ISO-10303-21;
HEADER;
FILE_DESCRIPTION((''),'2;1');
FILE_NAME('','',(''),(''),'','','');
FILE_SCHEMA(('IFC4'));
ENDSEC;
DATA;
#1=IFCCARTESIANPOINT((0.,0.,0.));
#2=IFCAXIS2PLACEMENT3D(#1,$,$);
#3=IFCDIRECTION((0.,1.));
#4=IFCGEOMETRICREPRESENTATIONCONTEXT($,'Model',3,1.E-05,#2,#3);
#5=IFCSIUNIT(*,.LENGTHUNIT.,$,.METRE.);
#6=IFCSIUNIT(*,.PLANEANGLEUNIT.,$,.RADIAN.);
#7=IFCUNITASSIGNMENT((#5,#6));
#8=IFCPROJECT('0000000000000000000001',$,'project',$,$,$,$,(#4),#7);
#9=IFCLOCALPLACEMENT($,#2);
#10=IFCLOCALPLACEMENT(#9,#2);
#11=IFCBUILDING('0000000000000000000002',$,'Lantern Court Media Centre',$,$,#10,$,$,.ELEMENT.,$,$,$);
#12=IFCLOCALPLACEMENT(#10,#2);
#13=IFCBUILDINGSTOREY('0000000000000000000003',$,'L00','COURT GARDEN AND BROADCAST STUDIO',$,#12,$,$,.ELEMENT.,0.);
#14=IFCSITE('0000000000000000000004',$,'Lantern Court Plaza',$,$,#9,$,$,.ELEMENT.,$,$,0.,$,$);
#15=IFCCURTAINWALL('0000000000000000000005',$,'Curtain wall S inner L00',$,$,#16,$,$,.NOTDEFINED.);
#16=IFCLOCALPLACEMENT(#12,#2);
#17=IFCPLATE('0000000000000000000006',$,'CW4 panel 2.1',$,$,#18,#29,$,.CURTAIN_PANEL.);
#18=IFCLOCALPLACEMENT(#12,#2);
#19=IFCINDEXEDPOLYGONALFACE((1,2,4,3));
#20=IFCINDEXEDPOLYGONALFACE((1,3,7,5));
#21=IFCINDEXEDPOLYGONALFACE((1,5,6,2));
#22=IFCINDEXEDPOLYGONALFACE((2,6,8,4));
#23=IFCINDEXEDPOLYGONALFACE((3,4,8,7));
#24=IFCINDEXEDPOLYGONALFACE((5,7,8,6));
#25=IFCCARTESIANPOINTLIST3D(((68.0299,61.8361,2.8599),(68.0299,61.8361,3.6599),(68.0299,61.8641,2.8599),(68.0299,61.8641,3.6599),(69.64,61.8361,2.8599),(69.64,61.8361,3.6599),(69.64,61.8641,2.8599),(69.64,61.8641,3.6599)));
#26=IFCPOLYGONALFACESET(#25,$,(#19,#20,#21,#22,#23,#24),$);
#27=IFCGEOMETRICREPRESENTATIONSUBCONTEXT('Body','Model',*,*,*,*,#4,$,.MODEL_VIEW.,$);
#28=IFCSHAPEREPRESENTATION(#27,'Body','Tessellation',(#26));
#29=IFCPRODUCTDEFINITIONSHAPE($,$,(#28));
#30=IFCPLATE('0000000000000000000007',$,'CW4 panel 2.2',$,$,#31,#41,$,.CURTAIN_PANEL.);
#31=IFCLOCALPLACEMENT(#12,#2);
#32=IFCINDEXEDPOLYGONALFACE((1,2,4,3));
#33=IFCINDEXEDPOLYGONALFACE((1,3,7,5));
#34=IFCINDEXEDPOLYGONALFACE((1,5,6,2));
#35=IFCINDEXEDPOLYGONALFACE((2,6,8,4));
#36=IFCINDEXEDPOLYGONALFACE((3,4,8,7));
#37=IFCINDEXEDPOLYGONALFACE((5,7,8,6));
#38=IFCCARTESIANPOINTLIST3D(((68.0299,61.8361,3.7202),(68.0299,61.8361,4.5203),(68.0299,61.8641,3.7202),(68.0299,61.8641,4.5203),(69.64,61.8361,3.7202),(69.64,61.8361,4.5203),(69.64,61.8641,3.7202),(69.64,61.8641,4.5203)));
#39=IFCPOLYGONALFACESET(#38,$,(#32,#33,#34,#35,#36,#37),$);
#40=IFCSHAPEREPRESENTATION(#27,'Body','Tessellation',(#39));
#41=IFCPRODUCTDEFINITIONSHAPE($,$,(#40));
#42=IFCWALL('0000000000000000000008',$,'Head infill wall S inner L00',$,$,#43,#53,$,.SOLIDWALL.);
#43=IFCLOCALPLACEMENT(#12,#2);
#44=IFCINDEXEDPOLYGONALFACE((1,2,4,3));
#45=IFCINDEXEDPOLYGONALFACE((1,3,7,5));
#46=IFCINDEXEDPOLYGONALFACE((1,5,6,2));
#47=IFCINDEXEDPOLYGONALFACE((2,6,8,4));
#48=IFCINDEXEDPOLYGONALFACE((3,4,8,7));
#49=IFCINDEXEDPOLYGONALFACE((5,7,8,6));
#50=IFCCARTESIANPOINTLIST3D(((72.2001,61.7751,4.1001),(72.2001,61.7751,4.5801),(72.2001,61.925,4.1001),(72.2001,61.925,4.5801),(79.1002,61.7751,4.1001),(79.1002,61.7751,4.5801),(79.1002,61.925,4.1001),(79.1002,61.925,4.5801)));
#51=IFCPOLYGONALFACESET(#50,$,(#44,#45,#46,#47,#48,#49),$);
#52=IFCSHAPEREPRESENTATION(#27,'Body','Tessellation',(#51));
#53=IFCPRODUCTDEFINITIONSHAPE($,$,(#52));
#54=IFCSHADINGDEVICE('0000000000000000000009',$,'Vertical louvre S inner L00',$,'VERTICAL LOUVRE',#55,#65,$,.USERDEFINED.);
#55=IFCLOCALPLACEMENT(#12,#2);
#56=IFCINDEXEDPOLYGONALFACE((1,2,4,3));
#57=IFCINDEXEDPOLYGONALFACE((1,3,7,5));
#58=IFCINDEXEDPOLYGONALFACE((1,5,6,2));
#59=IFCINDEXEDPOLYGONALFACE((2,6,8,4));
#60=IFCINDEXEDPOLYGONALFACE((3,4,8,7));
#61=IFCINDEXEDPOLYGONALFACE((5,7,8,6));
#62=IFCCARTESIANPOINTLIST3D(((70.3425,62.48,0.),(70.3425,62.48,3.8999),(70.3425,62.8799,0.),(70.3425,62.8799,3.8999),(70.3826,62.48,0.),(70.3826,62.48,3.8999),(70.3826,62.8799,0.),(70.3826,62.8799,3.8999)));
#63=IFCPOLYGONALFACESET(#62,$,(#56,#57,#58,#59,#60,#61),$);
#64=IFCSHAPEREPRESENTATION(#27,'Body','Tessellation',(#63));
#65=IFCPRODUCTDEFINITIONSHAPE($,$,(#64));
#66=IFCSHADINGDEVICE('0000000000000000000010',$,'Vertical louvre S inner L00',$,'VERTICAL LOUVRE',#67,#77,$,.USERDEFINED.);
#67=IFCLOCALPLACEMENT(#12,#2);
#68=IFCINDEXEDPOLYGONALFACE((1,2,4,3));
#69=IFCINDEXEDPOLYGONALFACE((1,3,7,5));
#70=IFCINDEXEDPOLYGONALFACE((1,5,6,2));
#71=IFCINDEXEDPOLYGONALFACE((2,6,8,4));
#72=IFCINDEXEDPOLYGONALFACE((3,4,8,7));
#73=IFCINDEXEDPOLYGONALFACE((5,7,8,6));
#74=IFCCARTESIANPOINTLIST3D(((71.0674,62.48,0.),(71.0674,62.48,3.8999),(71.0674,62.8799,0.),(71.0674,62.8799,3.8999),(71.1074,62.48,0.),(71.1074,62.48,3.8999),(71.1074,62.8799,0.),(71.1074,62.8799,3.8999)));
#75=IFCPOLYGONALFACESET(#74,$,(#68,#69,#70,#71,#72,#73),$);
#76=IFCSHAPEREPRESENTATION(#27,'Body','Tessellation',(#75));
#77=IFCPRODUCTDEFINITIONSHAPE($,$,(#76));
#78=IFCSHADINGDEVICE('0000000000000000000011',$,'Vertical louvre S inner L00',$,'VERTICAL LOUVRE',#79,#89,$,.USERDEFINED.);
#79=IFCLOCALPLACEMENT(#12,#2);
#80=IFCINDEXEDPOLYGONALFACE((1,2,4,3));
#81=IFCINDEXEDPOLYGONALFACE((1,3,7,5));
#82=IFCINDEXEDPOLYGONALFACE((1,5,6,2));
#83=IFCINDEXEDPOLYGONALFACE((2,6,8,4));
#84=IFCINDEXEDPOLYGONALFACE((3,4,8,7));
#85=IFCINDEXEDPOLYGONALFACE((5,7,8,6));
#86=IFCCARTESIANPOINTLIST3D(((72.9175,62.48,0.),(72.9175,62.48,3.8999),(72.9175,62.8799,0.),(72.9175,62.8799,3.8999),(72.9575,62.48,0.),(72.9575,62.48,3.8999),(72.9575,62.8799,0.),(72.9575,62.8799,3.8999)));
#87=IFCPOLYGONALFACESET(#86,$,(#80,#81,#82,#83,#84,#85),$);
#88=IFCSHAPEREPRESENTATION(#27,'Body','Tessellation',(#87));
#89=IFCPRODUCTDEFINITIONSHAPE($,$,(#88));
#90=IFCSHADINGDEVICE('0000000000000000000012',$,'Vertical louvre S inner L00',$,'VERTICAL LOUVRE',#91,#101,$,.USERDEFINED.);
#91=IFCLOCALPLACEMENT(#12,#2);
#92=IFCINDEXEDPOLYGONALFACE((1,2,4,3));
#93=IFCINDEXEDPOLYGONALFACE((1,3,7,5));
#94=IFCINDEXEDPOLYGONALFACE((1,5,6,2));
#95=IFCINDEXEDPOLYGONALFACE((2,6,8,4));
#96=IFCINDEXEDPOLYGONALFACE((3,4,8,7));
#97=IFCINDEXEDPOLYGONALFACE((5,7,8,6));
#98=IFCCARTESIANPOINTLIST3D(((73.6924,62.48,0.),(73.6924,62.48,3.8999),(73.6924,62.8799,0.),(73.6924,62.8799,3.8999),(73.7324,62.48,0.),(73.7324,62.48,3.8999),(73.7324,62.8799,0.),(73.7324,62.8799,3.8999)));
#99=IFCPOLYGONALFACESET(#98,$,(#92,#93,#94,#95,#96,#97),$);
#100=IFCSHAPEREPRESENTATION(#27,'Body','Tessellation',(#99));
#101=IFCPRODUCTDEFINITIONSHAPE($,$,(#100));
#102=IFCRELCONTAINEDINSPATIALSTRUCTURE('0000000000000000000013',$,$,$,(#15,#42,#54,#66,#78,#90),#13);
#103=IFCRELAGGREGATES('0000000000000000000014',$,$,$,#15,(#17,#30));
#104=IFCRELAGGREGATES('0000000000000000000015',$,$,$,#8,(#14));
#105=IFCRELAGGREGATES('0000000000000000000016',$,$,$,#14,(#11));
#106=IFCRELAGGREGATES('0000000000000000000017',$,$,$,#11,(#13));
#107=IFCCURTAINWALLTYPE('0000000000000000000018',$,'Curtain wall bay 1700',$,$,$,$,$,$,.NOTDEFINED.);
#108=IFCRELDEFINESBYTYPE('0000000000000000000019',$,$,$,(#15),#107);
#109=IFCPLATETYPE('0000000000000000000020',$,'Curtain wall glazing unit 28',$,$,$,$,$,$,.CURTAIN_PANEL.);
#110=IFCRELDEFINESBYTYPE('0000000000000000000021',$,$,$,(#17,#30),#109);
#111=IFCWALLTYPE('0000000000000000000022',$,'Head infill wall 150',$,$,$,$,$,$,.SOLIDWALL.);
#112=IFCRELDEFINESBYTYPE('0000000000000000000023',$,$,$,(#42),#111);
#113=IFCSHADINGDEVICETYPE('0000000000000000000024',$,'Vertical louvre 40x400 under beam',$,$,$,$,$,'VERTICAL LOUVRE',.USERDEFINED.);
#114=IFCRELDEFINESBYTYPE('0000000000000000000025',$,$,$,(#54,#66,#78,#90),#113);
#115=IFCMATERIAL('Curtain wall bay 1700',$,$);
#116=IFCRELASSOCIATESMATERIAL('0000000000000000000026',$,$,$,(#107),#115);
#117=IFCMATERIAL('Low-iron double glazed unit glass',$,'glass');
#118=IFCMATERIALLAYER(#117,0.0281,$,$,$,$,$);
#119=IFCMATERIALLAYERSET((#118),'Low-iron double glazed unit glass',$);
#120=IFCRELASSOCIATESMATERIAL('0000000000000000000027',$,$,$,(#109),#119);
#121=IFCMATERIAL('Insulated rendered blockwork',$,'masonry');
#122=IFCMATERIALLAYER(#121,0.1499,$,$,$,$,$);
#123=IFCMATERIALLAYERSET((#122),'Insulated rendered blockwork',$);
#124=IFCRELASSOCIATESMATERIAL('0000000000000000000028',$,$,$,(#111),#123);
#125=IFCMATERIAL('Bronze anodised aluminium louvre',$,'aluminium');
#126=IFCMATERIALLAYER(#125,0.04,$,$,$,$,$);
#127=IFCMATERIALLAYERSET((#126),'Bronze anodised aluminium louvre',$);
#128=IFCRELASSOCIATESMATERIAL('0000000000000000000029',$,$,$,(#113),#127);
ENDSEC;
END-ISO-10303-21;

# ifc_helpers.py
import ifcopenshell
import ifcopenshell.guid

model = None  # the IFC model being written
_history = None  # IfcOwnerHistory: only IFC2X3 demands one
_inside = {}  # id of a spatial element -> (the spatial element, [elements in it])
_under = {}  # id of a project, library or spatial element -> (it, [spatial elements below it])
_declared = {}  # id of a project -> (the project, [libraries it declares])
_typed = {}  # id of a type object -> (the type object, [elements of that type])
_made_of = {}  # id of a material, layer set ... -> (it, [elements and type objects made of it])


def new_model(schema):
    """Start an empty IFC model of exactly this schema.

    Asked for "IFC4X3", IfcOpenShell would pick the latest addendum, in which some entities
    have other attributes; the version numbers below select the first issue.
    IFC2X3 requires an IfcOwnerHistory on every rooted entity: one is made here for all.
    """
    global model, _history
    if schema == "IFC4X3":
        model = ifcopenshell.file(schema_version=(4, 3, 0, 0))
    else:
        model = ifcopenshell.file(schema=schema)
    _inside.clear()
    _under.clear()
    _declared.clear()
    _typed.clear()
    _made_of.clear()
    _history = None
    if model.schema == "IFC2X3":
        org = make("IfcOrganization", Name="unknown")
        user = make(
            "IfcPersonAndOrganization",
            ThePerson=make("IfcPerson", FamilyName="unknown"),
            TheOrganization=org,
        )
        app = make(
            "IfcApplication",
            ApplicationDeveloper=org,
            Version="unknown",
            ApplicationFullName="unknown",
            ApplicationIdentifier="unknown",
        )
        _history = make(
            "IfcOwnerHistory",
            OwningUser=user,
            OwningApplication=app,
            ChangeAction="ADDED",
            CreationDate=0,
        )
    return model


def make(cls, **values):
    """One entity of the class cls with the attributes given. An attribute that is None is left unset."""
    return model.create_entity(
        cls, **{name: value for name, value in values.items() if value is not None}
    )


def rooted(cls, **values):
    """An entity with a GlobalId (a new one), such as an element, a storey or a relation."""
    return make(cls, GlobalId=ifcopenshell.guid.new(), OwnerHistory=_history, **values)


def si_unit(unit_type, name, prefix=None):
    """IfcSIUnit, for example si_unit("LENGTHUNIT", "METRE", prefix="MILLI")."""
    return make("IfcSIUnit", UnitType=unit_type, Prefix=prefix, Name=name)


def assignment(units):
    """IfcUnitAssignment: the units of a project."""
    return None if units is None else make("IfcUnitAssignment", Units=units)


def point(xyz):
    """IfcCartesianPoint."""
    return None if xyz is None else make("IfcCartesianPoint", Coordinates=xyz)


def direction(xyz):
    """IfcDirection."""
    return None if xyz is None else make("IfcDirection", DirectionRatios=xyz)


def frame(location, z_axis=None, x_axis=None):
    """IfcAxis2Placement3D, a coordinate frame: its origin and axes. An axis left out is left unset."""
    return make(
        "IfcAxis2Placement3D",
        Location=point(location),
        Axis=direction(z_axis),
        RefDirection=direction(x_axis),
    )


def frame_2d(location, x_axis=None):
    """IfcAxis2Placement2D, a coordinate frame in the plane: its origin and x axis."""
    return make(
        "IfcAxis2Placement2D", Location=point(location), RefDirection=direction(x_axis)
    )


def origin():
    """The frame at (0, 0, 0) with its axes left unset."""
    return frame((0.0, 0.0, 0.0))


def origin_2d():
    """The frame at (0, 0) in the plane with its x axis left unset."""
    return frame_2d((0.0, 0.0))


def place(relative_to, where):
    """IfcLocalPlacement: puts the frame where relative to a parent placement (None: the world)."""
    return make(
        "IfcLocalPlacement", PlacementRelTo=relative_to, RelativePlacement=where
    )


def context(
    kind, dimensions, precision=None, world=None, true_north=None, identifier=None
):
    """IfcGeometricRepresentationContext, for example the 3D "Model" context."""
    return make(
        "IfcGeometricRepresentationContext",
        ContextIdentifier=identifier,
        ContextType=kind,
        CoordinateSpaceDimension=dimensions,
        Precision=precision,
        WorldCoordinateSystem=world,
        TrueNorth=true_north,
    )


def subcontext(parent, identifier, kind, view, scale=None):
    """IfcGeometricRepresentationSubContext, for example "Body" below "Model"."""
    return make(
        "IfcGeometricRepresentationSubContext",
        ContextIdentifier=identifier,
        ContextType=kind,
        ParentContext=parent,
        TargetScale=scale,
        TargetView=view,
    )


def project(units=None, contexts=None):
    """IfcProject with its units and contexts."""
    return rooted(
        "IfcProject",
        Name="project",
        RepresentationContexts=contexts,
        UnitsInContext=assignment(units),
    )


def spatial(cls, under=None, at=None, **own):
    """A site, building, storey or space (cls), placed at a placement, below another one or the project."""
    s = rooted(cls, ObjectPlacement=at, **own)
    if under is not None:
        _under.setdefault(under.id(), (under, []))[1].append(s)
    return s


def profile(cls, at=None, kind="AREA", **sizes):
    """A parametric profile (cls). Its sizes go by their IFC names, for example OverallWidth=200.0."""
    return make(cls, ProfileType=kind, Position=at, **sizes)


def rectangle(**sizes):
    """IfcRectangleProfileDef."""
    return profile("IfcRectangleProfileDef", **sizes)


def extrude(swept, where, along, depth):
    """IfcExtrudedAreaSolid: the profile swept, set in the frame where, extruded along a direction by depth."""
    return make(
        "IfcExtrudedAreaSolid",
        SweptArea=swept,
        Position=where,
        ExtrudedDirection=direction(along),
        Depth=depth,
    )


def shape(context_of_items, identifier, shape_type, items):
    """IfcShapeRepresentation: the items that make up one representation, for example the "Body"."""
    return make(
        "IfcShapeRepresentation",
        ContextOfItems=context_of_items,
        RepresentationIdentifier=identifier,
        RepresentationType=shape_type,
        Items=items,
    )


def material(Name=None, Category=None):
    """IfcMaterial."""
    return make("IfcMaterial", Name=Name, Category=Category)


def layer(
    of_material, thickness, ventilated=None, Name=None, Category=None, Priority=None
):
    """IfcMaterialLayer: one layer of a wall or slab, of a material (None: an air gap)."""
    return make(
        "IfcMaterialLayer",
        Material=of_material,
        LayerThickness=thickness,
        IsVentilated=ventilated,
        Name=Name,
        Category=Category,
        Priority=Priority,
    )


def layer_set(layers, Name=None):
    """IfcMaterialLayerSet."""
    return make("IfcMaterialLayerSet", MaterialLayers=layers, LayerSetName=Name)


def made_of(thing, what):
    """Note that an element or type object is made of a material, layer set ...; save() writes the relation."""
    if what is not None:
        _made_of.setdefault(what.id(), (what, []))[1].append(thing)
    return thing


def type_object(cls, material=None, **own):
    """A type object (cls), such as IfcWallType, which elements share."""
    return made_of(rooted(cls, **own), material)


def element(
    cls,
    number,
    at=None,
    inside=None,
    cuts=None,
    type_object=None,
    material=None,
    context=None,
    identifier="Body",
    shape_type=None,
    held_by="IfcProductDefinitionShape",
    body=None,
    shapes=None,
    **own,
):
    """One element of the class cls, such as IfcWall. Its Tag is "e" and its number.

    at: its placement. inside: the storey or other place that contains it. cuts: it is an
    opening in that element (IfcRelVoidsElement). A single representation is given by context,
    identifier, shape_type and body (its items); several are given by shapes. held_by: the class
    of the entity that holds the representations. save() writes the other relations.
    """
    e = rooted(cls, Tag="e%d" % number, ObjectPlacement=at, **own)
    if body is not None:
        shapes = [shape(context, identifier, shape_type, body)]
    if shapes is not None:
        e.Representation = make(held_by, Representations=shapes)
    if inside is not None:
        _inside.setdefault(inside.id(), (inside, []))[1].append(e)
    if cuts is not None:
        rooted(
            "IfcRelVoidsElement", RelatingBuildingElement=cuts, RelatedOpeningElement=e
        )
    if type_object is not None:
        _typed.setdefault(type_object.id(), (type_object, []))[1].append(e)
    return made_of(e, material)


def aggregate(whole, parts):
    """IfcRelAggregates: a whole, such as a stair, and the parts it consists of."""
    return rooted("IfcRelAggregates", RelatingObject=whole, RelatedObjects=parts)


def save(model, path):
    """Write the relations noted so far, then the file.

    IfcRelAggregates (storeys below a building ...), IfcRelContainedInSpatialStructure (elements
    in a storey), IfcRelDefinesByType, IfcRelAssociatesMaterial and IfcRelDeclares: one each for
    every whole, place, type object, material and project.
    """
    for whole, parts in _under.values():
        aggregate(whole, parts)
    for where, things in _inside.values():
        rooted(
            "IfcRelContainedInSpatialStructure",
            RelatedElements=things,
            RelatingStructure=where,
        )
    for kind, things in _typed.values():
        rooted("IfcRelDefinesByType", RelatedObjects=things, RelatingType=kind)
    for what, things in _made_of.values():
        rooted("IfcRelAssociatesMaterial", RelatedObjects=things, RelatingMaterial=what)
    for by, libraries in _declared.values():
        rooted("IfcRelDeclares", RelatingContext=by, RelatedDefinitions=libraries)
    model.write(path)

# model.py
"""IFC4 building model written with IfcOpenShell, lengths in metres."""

from ifc_helpers import new_model, si_unit, direction, frame, frame_2d, origin, origin_2d, place, context, subcontext, project, spatial, rectangle, extrude, material, layer, layer_set, type_object, element, aggregate, save


model = new_model("IFC4")

# Units and contexts
model_context = context("Model", 3, precision=1e-05, world=origin(), true_north=direction((0.0, 1.0)))
body_context = subcontext(model_context, "Body", "Model", "MODEL_VIEW")
ifc_project = project(units=[si_unit("LENGTHUNIT", "METRE"), si_unit("PLANEANGLEUNIT", "RADIAN")], contexts=[model_context])

# Site, building, storey
site_placement = place(None, origin())
site = spatial("IfcSite", under=ifc_project, at=site_placement, Name="Lantern Court Plaza", CompositionType="ELEMENT", RefElevation=0.0)
building_placement = place(site_placement, origin())
building = spatial("IfcBuilding", under=site, at=building_placement, Name="Lantern Court Media Centre", CompositionType="ELEMENT")
storey_placement = place(building_placement, origin())
storey = spatial("IfcBuildingStorey", under=building, at=storey_placement, Name="L00", Description="COURT GARDEN AND BROADCAST STUDIO", CompositionType="ELEMENT", Elevation=0.0)

# Curtain wall
ifc_material_1 = material(Name="Curtain wall bay 1700")
curtain_wall_type_1 = type_object("IfcCurtainWallType", Name="Curtain wall bay 1700", PredefinedType="NOTDEFINED", material=ifc_material_1)
curtain_wall_1_placement = place(storey_placement, origin())
curtain_wall_1 = element("IfcCurtainWall", 1, at=curtain_wall_1_placement, inside=storey, type_object=curtain_wall_type_1, Name="Curtain wall S inner L00", PredefinedType="NOTDEFINED")

# Plates
ifc_material_2 = material(Name="Low-iron double glazed unit glass", Category="glass")
ifc_layer_1 = layer(ifc_material_2, 0.0281)
ifc_layer_set_1 = layer_set([ifc_layer_1], Name="Low-iron double glazed unit glass")
plate_type_1 = type_object("IfcPlateType", Name="Curtain wall glazing unit 28", PredefinedType="CURTAIN_PANEL", material=ifc_layer_set_1)
plate_1_placement = place(storey_placement, frame((68.835, 61.8501, 2.8599), z_axis=(0.0, 0.0, 1.0), x_axis=(1.0, 0.0, 0.0)))
plate_1 = element("IfcPlate", 2, at=plate_1_placement, type_object=plate_type_1, Name="CW4 panel 2.1", PredefinedType="CURTAIN_PANEL", context=body_context, shape_type="SweptSolid", body=[
    extrude(rectangle(XDim=1.6101, YDim=0.0281, at=origin_2d()), origin(), (0.0, 0.0, 1.0), 0.8),
])
plate_2_placement = place(storey_placement, frame((68.835, 61.8501, 3.7202), z_axis=(0.0, 0.0, 1.0), x_axis=(1.0, 0.0, 0.0)))
plate_2 = element("IfcPlate", 3, at=plate_2_placement, type_object=plate_type_1, Name="CW4 panel 2.2", PredefinedType="CURTAIN_PANEL", context=body_context, shape_type="SweptSolid", body=[
    extrude(rectangle(XDim=1.6101, YDim=0.0281, at=origin_2d()), origin(), (0.0, 0.0, 1.0), 0.8),
])
aggregate(curtain_wall_1, [plate_1, plate_2])

# Wall
ifc_material_3 = material(Name="Insulated rendered blockwork", Category="masonry")
ifc_layer_2 = layer(ifc_material_3, 0.1499)
ifc_layer_set_2 = layer_set([ifc_layer_2], Name="Insulated rendered blockwork")
wall_type = type_object("IfcWallType", Name="Head infill wall 150", PredefinedType="SOLIDWALL", material=ifc_layer_set_2)
wall_placement = place(storey_placement, frame((72.2, 61.8501, 4.1001), z_axis=(0.0, 0.0, 1.0), x_axis=(1.0, 0.0, 0.0)))
element("IfcWall", 4, at=wall_placement, inside=storey, type_object=wall_type, Name="Head infill wall S inner L00", PredefinedType="SOLIDWALL", context=body_context, shape_type="SweptSolid", body=[
    extrude(rectangle(XDim=6.9001, YDim=0.1499, at=frame_2d((3.4502, 0.0))), origin(), (0.0, 0.0, 1.0), 0.48),
])

# Shading devices
ifc_material_4 = material(Name="Bronze anodised aluminium louvre", Category="aluminium")
ifc_layer_3 = layer(ifc_material_4, 0.04)
ifc_layer_set_3 = layer_set([ifc_layer_3], Name="Bronze anodised aluminium louvre")
shading_device_type = type_object("IfcShadingDeviceType", Name="Vertical louvre 40x400 under beam", ElementType="VERTICAL LOUVRE", PredefinedType="USERDEFINED", material=ifc_layer_set_3)
for number, where, z_axis, x_axis, name in (
    (5, (70.3625, 62.6799, 0.0), (0.0, 0.0, 1.0), (1.0, 0.0, 0.0), "Vertical louvre S inner L00"),
    (6, (71.0874, 62.6799, 0.0), (0.0, 0.0, 1.0), (1.0, 0.0, 0.0), "Vertical louvre S inner L00"),
    (7, (72.9375, 62.6799, 0.0), (0.0, 0.0, 1.0), (1.0, 0.0, 0.0), "Vertical louvre S inner L00"),
    (8, (73.7124, 62.6799, 0.0), (0.0, 0.0, 1.0), (1.0, 0.0, 0.0), "Vertical louvre S inner L00"),
):
    element("IfcShadingDevice", number, at=place(storey_placement, frame(where, z_axis=z_axis, x_axis=x_axis)), inside=storey, type_object=shading_device_type, Name=name, ObjectType="VERTICAL LOUVRE", PredefinedType="USERDEFINED", context=body_context, shape_type="SweptSolid", body=[
        extrude(rectangle(XDim=0.04, YDim=0.3999, at=origin_2d()), origin(), (0.0, 0.0, 1.0), 3.8999),
    ])

save(model, "model.ifc")
